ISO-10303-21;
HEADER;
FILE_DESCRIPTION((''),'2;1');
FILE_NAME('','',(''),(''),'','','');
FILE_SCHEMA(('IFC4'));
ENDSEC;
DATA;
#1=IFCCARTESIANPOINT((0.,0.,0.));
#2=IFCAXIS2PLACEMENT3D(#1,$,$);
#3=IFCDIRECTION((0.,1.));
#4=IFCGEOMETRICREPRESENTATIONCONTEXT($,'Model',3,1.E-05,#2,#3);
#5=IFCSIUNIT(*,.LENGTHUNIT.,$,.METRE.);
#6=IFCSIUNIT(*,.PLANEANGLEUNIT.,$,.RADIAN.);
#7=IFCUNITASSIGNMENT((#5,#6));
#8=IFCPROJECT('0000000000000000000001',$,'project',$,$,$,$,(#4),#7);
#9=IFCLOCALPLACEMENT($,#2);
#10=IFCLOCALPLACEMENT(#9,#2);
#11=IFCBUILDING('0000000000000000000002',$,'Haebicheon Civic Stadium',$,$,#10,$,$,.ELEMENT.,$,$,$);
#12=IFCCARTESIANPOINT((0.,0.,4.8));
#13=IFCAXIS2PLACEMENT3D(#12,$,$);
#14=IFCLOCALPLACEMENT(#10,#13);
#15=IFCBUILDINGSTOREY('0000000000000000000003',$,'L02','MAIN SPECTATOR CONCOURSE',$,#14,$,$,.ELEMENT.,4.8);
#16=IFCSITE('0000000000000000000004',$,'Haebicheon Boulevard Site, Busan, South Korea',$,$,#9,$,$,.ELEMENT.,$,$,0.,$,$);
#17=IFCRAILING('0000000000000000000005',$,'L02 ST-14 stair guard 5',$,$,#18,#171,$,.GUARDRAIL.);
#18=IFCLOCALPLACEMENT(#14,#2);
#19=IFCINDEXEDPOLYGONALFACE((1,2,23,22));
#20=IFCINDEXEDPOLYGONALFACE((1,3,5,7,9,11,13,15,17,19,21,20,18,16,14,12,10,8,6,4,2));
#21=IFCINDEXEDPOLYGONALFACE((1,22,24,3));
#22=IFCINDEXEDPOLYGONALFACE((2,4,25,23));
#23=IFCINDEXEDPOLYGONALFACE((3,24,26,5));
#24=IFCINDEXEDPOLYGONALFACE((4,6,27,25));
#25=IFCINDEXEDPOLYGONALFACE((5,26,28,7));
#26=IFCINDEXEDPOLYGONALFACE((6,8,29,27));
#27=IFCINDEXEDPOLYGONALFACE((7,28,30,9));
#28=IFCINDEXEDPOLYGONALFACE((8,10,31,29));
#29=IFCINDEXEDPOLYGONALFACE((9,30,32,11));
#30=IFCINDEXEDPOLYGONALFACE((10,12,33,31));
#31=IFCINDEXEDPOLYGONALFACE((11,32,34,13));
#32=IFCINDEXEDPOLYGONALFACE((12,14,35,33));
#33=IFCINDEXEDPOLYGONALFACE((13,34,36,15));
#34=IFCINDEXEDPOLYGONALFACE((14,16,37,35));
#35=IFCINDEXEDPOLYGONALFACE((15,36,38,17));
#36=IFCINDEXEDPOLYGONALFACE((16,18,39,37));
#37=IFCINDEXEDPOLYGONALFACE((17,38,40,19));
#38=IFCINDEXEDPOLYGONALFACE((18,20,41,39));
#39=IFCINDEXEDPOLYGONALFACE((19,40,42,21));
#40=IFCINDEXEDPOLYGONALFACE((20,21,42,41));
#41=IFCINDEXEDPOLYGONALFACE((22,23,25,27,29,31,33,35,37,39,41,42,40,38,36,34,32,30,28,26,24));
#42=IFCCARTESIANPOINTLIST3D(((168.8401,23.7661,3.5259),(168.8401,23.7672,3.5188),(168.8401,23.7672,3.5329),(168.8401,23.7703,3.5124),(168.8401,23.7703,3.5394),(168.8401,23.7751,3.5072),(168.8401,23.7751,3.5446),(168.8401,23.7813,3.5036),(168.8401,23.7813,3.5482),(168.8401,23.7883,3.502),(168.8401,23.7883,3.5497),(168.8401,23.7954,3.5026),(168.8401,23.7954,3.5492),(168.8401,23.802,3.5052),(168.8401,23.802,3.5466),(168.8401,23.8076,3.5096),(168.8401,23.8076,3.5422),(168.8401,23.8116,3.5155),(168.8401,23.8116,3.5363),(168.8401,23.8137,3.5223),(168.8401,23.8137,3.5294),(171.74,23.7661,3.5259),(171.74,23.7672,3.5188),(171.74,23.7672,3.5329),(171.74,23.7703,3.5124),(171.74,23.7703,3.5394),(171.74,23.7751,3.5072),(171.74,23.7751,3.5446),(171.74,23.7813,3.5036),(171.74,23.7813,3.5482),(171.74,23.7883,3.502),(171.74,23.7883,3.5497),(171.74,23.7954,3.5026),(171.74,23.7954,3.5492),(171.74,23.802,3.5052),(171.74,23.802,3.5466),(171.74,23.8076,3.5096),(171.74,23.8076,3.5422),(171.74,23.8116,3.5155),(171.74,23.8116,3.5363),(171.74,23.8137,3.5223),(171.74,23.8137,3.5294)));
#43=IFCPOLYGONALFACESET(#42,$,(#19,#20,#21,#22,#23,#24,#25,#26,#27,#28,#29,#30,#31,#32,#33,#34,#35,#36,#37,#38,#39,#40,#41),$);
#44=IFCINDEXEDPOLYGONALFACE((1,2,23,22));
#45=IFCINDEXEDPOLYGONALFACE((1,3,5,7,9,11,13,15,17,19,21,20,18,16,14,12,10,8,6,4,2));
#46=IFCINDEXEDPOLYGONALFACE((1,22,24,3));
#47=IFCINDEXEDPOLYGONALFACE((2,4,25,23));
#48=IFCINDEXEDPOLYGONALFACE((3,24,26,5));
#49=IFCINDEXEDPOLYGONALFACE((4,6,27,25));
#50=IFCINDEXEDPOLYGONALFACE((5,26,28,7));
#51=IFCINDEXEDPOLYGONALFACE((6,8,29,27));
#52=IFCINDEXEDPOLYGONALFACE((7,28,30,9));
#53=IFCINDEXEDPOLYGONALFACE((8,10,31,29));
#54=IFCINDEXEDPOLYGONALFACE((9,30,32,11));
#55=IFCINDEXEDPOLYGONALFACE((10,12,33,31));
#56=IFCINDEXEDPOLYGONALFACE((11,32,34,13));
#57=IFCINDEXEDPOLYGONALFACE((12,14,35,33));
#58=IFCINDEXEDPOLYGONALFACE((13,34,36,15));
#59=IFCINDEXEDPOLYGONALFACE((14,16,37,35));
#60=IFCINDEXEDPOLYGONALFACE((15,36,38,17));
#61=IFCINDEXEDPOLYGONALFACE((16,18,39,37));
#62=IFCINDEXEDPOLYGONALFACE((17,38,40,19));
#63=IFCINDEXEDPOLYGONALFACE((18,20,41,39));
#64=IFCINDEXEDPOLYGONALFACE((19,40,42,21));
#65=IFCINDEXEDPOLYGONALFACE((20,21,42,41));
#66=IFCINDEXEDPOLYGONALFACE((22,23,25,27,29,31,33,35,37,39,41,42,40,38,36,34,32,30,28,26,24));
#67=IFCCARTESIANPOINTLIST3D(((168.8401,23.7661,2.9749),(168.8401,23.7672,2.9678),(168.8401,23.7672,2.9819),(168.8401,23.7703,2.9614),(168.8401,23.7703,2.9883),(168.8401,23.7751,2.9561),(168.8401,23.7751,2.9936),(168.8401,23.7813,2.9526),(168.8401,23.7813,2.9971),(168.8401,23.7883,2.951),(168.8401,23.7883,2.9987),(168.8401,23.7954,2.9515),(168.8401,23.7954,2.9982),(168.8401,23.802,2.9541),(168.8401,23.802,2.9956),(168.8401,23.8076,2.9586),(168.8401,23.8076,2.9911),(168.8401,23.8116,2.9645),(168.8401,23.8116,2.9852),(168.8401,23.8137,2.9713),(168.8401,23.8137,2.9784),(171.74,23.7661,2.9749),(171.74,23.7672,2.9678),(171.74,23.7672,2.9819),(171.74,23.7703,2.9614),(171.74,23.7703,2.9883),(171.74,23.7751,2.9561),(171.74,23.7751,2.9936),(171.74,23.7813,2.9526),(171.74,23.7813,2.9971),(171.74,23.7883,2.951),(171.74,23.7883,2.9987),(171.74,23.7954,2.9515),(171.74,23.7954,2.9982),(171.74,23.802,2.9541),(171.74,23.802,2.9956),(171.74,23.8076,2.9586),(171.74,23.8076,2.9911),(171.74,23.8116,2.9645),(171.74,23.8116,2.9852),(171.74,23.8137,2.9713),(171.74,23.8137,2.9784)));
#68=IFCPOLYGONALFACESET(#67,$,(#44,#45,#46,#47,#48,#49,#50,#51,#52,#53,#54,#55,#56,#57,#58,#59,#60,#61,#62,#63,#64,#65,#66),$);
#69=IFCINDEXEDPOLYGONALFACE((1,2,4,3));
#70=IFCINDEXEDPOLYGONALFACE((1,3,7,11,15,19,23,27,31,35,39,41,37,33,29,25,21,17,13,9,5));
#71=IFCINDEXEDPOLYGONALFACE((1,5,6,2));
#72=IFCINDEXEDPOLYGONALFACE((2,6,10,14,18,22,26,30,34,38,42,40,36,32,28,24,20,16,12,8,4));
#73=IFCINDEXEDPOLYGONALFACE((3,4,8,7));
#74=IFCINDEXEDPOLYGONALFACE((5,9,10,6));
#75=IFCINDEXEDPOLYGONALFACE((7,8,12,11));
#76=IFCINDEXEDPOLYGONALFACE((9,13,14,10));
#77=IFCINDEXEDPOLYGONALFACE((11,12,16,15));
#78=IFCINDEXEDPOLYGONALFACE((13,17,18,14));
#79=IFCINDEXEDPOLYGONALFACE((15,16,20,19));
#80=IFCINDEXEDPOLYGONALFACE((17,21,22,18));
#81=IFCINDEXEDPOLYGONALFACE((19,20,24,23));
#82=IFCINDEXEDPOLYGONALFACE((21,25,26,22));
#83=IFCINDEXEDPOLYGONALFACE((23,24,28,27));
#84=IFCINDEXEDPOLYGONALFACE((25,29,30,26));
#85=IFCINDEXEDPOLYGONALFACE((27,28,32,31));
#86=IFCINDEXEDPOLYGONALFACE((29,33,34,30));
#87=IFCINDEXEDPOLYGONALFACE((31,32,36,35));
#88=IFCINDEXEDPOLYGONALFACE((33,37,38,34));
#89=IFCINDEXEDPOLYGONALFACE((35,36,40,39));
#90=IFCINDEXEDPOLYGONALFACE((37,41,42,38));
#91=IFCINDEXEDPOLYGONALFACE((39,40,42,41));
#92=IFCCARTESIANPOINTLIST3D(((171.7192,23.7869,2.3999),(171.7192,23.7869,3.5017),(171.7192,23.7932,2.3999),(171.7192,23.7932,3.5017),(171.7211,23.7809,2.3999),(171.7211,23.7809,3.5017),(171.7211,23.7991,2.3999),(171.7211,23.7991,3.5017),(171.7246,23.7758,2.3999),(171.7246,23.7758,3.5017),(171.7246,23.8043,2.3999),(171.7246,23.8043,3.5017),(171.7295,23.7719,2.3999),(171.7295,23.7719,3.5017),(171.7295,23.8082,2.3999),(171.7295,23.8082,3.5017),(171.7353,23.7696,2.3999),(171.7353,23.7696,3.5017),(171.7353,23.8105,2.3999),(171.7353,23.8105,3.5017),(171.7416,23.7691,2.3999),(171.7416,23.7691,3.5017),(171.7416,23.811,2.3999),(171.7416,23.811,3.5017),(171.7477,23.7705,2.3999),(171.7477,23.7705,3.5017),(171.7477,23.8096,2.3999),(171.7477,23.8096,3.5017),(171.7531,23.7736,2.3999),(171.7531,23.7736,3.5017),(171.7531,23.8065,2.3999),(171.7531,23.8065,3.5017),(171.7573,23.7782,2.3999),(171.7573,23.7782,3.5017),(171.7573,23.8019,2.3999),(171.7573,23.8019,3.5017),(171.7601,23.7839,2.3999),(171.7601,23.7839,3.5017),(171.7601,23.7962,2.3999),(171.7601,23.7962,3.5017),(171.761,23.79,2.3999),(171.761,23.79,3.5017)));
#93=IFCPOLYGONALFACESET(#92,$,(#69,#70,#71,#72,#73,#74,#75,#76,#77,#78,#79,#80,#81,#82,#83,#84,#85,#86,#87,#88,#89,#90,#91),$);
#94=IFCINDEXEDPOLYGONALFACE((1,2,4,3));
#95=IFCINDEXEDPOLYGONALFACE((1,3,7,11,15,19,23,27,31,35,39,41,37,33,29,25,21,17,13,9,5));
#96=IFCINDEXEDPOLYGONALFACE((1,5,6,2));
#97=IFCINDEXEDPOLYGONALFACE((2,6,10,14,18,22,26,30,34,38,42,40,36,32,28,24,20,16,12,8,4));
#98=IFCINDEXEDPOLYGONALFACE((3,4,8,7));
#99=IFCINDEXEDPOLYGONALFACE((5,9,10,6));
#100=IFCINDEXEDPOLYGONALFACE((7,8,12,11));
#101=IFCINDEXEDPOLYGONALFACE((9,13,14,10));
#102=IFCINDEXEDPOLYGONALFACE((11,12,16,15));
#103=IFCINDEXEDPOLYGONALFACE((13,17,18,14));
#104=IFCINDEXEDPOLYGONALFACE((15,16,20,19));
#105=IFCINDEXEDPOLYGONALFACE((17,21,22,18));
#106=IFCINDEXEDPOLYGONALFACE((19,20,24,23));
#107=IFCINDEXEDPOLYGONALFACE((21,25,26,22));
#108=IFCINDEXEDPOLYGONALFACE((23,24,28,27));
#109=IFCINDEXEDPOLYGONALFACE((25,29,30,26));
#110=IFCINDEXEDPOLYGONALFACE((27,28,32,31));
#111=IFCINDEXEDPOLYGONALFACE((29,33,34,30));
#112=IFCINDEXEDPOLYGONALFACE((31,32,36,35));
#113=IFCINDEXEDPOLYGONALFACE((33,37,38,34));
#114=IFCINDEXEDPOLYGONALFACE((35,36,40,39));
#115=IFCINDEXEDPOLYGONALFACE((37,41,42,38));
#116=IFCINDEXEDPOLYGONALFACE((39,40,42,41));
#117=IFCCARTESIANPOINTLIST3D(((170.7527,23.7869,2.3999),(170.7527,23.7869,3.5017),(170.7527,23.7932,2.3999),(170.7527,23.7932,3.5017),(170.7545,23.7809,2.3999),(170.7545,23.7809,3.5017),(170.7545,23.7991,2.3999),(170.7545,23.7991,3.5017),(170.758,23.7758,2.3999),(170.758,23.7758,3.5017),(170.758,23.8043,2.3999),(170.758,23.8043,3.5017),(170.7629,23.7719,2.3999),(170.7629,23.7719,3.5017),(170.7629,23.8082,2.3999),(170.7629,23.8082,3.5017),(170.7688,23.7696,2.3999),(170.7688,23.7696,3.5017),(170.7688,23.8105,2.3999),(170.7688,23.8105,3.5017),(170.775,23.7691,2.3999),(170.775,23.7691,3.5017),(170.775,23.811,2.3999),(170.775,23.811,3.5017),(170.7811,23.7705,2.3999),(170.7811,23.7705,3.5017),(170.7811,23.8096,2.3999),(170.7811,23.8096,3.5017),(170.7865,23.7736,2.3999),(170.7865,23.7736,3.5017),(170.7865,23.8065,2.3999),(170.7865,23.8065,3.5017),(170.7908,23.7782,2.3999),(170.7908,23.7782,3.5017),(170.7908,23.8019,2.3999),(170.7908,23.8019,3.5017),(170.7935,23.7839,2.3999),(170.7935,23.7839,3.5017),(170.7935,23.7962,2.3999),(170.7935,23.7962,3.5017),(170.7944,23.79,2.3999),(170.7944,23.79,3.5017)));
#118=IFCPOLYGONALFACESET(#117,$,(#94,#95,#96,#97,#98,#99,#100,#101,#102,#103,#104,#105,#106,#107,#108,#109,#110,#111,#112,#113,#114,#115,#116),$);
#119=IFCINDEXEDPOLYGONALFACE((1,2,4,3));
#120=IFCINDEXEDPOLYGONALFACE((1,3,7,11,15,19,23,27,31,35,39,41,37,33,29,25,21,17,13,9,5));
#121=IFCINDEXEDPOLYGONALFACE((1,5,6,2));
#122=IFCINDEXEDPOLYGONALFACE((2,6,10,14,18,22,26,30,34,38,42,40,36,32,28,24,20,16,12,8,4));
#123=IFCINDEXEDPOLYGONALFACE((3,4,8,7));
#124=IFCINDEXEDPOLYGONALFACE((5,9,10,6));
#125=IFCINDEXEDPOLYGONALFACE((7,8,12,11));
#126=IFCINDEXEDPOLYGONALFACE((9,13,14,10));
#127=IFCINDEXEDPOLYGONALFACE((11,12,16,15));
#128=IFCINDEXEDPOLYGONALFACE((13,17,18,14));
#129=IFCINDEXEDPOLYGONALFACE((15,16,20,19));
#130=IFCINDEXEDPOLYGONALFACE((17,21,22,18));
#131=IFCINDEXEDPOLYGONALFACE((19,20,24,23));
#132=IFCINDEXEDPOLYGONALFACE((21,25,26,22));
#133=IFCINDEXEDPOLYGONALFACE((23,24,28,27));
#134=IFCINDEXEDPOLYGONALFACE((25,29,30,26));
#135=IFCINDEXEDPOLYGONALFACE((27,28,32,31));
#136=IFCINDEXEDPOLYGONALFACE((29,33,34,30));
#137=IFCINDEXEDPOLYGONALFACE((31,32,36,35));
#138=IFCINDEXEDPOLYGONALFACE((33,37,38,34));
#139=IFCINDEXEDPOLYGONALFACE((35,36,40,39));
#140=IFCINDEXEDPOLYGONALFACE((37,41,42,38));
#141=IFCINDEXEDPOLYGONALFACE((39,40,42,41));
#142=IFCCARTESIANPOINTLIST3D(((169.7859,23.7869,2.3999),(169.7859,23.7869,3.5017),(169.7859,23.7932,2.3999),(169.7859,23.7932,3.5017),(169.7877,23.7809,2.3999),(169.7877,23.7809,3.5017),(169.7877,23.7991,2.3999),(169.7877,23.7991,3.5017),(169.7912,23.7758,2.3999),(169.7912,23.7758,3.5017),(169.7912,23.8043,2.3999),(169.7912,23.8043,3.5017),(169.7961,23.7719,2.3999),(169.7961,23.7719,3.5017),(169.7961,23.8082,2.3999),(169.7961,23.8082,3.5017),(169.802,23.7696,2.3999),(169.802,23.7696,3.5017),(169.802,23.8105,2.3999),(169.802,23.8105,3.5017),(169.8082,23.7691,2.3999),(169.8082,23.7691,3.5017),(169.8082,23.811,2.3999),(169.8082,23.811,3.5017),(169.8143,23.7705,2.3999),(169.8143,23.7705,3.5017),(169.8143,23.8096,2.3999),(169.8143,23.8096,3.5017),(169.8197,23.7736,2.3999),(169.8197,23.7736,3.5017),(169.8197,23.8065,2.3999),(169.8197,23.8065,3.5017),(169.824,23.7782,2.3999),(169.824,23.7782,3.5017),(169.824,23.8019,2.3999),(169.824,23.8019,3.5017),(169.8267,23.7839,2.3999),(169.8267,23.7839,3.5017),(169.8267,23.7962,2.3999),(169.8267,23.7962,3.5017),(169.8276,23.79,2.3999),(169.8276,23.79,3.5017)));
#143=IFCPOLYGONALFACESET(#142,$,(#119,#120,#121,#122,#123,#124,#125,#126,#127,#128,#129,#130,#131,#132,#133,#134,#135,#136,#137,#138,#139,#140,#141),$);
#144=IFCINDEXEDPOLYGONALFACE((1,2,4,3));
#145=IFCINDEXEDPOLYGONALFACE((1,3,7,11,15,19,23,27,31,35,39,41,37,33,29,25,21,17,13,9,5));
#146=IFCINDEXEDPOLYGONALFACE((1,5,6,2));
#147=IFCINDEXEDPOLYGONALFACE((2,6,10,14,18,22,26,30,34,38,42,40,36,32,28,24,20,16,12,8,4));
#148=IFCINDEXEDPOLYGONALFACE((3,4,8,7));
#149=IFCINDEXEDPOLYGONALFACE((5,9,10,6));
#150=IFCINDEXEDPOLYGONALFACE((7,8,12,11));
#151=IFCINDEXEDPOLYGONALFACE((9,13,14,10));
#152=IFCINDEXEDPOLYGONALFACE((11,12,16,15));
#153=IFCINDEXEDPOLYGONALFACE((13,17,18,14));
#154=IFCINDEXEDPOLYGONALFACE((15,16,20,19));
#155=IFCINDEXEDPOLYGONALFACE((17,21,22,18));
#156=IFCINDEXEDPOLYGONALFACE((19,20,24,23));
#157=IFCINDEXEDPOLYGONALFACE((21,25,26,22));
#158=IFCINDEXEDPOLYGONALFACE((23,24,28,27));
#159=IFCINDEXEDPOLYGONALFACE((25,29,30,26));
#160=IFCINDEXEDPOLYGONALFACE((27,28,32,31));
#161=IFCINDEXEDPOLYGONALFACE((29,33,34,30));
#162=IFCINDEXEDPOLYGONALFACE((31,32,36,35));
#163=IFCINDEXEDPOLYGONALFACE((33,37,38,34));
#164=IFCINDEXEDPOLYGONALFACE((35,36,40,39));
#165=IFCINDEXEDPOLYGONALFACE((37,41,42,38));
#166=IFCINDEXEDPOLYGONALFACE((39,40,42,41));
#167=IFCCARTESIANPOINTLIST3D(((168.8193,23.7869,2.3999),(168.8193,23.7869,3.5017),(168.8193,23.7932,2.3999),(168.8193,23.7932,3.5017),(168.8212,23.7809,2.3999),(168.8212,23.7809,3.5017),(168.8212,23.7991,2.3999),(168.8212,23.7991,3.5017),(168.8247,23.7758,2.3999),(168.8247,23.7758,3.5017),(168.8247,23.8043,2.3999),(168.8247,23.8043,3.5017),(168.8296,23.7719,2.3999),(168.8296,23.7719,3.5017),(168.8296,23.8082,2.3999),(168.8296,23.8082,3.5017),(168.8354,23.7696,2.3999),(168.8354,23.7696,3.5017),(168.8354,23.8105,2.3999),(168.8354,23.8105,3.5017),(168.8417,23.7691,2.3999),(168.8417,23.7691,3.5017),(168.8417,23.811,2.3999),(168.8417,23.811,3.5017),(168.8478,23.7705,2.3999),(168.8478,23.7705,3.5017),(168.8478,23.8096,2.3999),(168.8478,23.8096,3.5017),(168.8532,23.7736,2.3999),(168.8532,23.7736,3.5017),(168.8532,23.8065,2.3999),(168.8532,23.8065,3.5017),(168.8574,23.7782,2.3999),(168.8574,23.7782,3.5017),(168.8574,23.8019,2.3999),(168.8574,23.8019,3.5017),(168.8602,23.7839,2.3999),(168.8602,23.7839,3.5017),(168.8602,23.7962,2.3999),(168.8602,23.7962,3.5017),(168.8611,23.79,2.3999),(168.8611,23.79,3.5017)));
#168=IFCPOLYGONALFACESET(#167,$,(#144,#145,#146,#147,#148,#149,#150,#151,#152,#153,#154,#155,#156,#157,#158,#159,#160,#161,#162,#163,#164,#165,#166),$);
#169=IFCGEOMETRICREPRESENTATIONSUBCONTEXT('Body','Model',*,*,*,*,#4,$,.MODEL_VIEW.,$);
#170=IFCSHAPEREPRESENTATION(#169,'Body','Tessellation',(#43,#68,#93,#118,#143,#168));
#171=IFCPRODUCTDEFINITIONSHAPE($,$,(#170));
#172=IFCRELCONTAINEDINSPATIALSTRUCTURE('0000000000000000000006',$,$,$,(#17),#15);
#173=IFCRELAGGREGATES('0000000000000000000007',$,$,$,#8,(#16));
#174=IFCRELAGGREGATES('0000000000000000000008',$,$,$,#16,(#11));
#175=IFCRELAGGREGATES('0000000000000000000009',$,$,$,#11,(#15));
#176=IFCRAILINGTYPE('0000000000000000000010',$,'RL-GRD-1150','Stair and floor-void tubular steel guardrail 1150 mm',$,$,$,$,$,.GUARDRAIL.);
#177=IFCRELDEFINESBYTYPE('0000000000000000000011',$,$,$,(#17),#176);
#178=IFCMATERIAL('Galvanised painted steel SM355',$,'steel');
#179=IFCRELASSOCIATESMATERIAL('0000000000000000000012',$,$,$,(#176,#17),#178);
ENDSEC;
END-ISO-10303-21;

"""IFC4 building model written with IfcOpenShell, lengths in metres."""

from ifc_helpers import new_model, si_unit, direction, frame, origin, origin_2d, place, context, subcontext, project, spatial, circle, extrude, material, type_object, element, save


model = new_model("IFC4")

# Units and contexts
model_context = context("Model", 3, precision=1e-05, world=origin(), true_north=direction((0.0, 1.0)))
body_context = subcontext(model_context, "Body", "Model", "MODEL_VIEW")
ifc_project = project(units=[si_unit("LENGTHUNIT", "METRE"), si_unit("PLANEANGLEUNIT", "RADIAN")], contexts=[model_context])

# Site, building, storey
site_placement = place(None, origin())
site = spatial("IfcSite", under=ifc_project, at=site_placement, Name="Haebicheon Boulevard Site, Busan, South Korea", CompositionType="ELEMENT", RefElevation=0.0)
building_placement = place(site_placement, origin())
building = spatial("IfcBuilding", under=site, at=building_placement, Name="Haebicheon Civic Stadium", CompositionType="ELEMENT")
storey_placement = place(building_placement, frame((0.0, 0.0, 4.8)))
storey = spatial("IfcBuildingStorey", under=building, at=storey_placement, Name="L02", Description="MAIN SPECTATOR CONCOURSE", CompositionType="ELEMENT", Elevation=4.8)

# Railing
ifc_material_1 = material(Name="Galvanised painted steel SM355", Category="steel")
railing_type_1 = type_object("IfcRailingType", Name="RL-GRD-1150", Description="Stair and floor-void tubular steel guardrail 1150 mm", PredefinedType="GUARDRAIL", material=ifc_material_1)
railing_1_placement = place(storey_placement, frame((171.74, 23.79, 2.3999)))
element("IfcRailing", 1, at=railing_1_placement, inside=storey, type_object=railing_type_1, material=ifc_material_1, Name="L02 ST-14 stair guard 5", PredefinedType="GUARDRAIL", context=body_context, shape_type="SweptSolid", body=[
    extrude(circle(Radius=0.0239, at=origin_2d()), frame((0.0, 0.0, 1.126), z_axis=(-1.0, 0.0, 0.0), x_axis=(0.0, -1.0, 0.0)), (0.0, 0.0, 1.0), 2.8999),
    extrude(circle(Radius=0.0239, at=origin_2d()), frame((0.0, 0.0, 0.575), z_axis=(-1.0, 0.0, 0.0), x_axis=(0.0, -1.0, 0.0)), (0.0, 0.0, 1.0), 2.8999),
    extrude(circle(Radius=0.021, at=origin_2d()), origin(), (0.0, 0.0, 1.0), 1.1018),
    extrude(circle(Radius=0.021, at=origin_2d()), frame((-0.9666, 0.0, 0.0)), (0.0, 0.0, 1.0), 1.1018),
    extrude(circle(Radius=0.021, at=origin_2d()), frame((-1.9333, 0.0, 0.0)), (0.0, 0.0, 1.0), 1.1018),
    extrude(circle(Radius=0.021, at=origin_2d()), frame((-2.8999, 0.0, 0.0)), (0.0, 0.0, 1.0), 1.1018),
])

save(model, "model.ifc")
